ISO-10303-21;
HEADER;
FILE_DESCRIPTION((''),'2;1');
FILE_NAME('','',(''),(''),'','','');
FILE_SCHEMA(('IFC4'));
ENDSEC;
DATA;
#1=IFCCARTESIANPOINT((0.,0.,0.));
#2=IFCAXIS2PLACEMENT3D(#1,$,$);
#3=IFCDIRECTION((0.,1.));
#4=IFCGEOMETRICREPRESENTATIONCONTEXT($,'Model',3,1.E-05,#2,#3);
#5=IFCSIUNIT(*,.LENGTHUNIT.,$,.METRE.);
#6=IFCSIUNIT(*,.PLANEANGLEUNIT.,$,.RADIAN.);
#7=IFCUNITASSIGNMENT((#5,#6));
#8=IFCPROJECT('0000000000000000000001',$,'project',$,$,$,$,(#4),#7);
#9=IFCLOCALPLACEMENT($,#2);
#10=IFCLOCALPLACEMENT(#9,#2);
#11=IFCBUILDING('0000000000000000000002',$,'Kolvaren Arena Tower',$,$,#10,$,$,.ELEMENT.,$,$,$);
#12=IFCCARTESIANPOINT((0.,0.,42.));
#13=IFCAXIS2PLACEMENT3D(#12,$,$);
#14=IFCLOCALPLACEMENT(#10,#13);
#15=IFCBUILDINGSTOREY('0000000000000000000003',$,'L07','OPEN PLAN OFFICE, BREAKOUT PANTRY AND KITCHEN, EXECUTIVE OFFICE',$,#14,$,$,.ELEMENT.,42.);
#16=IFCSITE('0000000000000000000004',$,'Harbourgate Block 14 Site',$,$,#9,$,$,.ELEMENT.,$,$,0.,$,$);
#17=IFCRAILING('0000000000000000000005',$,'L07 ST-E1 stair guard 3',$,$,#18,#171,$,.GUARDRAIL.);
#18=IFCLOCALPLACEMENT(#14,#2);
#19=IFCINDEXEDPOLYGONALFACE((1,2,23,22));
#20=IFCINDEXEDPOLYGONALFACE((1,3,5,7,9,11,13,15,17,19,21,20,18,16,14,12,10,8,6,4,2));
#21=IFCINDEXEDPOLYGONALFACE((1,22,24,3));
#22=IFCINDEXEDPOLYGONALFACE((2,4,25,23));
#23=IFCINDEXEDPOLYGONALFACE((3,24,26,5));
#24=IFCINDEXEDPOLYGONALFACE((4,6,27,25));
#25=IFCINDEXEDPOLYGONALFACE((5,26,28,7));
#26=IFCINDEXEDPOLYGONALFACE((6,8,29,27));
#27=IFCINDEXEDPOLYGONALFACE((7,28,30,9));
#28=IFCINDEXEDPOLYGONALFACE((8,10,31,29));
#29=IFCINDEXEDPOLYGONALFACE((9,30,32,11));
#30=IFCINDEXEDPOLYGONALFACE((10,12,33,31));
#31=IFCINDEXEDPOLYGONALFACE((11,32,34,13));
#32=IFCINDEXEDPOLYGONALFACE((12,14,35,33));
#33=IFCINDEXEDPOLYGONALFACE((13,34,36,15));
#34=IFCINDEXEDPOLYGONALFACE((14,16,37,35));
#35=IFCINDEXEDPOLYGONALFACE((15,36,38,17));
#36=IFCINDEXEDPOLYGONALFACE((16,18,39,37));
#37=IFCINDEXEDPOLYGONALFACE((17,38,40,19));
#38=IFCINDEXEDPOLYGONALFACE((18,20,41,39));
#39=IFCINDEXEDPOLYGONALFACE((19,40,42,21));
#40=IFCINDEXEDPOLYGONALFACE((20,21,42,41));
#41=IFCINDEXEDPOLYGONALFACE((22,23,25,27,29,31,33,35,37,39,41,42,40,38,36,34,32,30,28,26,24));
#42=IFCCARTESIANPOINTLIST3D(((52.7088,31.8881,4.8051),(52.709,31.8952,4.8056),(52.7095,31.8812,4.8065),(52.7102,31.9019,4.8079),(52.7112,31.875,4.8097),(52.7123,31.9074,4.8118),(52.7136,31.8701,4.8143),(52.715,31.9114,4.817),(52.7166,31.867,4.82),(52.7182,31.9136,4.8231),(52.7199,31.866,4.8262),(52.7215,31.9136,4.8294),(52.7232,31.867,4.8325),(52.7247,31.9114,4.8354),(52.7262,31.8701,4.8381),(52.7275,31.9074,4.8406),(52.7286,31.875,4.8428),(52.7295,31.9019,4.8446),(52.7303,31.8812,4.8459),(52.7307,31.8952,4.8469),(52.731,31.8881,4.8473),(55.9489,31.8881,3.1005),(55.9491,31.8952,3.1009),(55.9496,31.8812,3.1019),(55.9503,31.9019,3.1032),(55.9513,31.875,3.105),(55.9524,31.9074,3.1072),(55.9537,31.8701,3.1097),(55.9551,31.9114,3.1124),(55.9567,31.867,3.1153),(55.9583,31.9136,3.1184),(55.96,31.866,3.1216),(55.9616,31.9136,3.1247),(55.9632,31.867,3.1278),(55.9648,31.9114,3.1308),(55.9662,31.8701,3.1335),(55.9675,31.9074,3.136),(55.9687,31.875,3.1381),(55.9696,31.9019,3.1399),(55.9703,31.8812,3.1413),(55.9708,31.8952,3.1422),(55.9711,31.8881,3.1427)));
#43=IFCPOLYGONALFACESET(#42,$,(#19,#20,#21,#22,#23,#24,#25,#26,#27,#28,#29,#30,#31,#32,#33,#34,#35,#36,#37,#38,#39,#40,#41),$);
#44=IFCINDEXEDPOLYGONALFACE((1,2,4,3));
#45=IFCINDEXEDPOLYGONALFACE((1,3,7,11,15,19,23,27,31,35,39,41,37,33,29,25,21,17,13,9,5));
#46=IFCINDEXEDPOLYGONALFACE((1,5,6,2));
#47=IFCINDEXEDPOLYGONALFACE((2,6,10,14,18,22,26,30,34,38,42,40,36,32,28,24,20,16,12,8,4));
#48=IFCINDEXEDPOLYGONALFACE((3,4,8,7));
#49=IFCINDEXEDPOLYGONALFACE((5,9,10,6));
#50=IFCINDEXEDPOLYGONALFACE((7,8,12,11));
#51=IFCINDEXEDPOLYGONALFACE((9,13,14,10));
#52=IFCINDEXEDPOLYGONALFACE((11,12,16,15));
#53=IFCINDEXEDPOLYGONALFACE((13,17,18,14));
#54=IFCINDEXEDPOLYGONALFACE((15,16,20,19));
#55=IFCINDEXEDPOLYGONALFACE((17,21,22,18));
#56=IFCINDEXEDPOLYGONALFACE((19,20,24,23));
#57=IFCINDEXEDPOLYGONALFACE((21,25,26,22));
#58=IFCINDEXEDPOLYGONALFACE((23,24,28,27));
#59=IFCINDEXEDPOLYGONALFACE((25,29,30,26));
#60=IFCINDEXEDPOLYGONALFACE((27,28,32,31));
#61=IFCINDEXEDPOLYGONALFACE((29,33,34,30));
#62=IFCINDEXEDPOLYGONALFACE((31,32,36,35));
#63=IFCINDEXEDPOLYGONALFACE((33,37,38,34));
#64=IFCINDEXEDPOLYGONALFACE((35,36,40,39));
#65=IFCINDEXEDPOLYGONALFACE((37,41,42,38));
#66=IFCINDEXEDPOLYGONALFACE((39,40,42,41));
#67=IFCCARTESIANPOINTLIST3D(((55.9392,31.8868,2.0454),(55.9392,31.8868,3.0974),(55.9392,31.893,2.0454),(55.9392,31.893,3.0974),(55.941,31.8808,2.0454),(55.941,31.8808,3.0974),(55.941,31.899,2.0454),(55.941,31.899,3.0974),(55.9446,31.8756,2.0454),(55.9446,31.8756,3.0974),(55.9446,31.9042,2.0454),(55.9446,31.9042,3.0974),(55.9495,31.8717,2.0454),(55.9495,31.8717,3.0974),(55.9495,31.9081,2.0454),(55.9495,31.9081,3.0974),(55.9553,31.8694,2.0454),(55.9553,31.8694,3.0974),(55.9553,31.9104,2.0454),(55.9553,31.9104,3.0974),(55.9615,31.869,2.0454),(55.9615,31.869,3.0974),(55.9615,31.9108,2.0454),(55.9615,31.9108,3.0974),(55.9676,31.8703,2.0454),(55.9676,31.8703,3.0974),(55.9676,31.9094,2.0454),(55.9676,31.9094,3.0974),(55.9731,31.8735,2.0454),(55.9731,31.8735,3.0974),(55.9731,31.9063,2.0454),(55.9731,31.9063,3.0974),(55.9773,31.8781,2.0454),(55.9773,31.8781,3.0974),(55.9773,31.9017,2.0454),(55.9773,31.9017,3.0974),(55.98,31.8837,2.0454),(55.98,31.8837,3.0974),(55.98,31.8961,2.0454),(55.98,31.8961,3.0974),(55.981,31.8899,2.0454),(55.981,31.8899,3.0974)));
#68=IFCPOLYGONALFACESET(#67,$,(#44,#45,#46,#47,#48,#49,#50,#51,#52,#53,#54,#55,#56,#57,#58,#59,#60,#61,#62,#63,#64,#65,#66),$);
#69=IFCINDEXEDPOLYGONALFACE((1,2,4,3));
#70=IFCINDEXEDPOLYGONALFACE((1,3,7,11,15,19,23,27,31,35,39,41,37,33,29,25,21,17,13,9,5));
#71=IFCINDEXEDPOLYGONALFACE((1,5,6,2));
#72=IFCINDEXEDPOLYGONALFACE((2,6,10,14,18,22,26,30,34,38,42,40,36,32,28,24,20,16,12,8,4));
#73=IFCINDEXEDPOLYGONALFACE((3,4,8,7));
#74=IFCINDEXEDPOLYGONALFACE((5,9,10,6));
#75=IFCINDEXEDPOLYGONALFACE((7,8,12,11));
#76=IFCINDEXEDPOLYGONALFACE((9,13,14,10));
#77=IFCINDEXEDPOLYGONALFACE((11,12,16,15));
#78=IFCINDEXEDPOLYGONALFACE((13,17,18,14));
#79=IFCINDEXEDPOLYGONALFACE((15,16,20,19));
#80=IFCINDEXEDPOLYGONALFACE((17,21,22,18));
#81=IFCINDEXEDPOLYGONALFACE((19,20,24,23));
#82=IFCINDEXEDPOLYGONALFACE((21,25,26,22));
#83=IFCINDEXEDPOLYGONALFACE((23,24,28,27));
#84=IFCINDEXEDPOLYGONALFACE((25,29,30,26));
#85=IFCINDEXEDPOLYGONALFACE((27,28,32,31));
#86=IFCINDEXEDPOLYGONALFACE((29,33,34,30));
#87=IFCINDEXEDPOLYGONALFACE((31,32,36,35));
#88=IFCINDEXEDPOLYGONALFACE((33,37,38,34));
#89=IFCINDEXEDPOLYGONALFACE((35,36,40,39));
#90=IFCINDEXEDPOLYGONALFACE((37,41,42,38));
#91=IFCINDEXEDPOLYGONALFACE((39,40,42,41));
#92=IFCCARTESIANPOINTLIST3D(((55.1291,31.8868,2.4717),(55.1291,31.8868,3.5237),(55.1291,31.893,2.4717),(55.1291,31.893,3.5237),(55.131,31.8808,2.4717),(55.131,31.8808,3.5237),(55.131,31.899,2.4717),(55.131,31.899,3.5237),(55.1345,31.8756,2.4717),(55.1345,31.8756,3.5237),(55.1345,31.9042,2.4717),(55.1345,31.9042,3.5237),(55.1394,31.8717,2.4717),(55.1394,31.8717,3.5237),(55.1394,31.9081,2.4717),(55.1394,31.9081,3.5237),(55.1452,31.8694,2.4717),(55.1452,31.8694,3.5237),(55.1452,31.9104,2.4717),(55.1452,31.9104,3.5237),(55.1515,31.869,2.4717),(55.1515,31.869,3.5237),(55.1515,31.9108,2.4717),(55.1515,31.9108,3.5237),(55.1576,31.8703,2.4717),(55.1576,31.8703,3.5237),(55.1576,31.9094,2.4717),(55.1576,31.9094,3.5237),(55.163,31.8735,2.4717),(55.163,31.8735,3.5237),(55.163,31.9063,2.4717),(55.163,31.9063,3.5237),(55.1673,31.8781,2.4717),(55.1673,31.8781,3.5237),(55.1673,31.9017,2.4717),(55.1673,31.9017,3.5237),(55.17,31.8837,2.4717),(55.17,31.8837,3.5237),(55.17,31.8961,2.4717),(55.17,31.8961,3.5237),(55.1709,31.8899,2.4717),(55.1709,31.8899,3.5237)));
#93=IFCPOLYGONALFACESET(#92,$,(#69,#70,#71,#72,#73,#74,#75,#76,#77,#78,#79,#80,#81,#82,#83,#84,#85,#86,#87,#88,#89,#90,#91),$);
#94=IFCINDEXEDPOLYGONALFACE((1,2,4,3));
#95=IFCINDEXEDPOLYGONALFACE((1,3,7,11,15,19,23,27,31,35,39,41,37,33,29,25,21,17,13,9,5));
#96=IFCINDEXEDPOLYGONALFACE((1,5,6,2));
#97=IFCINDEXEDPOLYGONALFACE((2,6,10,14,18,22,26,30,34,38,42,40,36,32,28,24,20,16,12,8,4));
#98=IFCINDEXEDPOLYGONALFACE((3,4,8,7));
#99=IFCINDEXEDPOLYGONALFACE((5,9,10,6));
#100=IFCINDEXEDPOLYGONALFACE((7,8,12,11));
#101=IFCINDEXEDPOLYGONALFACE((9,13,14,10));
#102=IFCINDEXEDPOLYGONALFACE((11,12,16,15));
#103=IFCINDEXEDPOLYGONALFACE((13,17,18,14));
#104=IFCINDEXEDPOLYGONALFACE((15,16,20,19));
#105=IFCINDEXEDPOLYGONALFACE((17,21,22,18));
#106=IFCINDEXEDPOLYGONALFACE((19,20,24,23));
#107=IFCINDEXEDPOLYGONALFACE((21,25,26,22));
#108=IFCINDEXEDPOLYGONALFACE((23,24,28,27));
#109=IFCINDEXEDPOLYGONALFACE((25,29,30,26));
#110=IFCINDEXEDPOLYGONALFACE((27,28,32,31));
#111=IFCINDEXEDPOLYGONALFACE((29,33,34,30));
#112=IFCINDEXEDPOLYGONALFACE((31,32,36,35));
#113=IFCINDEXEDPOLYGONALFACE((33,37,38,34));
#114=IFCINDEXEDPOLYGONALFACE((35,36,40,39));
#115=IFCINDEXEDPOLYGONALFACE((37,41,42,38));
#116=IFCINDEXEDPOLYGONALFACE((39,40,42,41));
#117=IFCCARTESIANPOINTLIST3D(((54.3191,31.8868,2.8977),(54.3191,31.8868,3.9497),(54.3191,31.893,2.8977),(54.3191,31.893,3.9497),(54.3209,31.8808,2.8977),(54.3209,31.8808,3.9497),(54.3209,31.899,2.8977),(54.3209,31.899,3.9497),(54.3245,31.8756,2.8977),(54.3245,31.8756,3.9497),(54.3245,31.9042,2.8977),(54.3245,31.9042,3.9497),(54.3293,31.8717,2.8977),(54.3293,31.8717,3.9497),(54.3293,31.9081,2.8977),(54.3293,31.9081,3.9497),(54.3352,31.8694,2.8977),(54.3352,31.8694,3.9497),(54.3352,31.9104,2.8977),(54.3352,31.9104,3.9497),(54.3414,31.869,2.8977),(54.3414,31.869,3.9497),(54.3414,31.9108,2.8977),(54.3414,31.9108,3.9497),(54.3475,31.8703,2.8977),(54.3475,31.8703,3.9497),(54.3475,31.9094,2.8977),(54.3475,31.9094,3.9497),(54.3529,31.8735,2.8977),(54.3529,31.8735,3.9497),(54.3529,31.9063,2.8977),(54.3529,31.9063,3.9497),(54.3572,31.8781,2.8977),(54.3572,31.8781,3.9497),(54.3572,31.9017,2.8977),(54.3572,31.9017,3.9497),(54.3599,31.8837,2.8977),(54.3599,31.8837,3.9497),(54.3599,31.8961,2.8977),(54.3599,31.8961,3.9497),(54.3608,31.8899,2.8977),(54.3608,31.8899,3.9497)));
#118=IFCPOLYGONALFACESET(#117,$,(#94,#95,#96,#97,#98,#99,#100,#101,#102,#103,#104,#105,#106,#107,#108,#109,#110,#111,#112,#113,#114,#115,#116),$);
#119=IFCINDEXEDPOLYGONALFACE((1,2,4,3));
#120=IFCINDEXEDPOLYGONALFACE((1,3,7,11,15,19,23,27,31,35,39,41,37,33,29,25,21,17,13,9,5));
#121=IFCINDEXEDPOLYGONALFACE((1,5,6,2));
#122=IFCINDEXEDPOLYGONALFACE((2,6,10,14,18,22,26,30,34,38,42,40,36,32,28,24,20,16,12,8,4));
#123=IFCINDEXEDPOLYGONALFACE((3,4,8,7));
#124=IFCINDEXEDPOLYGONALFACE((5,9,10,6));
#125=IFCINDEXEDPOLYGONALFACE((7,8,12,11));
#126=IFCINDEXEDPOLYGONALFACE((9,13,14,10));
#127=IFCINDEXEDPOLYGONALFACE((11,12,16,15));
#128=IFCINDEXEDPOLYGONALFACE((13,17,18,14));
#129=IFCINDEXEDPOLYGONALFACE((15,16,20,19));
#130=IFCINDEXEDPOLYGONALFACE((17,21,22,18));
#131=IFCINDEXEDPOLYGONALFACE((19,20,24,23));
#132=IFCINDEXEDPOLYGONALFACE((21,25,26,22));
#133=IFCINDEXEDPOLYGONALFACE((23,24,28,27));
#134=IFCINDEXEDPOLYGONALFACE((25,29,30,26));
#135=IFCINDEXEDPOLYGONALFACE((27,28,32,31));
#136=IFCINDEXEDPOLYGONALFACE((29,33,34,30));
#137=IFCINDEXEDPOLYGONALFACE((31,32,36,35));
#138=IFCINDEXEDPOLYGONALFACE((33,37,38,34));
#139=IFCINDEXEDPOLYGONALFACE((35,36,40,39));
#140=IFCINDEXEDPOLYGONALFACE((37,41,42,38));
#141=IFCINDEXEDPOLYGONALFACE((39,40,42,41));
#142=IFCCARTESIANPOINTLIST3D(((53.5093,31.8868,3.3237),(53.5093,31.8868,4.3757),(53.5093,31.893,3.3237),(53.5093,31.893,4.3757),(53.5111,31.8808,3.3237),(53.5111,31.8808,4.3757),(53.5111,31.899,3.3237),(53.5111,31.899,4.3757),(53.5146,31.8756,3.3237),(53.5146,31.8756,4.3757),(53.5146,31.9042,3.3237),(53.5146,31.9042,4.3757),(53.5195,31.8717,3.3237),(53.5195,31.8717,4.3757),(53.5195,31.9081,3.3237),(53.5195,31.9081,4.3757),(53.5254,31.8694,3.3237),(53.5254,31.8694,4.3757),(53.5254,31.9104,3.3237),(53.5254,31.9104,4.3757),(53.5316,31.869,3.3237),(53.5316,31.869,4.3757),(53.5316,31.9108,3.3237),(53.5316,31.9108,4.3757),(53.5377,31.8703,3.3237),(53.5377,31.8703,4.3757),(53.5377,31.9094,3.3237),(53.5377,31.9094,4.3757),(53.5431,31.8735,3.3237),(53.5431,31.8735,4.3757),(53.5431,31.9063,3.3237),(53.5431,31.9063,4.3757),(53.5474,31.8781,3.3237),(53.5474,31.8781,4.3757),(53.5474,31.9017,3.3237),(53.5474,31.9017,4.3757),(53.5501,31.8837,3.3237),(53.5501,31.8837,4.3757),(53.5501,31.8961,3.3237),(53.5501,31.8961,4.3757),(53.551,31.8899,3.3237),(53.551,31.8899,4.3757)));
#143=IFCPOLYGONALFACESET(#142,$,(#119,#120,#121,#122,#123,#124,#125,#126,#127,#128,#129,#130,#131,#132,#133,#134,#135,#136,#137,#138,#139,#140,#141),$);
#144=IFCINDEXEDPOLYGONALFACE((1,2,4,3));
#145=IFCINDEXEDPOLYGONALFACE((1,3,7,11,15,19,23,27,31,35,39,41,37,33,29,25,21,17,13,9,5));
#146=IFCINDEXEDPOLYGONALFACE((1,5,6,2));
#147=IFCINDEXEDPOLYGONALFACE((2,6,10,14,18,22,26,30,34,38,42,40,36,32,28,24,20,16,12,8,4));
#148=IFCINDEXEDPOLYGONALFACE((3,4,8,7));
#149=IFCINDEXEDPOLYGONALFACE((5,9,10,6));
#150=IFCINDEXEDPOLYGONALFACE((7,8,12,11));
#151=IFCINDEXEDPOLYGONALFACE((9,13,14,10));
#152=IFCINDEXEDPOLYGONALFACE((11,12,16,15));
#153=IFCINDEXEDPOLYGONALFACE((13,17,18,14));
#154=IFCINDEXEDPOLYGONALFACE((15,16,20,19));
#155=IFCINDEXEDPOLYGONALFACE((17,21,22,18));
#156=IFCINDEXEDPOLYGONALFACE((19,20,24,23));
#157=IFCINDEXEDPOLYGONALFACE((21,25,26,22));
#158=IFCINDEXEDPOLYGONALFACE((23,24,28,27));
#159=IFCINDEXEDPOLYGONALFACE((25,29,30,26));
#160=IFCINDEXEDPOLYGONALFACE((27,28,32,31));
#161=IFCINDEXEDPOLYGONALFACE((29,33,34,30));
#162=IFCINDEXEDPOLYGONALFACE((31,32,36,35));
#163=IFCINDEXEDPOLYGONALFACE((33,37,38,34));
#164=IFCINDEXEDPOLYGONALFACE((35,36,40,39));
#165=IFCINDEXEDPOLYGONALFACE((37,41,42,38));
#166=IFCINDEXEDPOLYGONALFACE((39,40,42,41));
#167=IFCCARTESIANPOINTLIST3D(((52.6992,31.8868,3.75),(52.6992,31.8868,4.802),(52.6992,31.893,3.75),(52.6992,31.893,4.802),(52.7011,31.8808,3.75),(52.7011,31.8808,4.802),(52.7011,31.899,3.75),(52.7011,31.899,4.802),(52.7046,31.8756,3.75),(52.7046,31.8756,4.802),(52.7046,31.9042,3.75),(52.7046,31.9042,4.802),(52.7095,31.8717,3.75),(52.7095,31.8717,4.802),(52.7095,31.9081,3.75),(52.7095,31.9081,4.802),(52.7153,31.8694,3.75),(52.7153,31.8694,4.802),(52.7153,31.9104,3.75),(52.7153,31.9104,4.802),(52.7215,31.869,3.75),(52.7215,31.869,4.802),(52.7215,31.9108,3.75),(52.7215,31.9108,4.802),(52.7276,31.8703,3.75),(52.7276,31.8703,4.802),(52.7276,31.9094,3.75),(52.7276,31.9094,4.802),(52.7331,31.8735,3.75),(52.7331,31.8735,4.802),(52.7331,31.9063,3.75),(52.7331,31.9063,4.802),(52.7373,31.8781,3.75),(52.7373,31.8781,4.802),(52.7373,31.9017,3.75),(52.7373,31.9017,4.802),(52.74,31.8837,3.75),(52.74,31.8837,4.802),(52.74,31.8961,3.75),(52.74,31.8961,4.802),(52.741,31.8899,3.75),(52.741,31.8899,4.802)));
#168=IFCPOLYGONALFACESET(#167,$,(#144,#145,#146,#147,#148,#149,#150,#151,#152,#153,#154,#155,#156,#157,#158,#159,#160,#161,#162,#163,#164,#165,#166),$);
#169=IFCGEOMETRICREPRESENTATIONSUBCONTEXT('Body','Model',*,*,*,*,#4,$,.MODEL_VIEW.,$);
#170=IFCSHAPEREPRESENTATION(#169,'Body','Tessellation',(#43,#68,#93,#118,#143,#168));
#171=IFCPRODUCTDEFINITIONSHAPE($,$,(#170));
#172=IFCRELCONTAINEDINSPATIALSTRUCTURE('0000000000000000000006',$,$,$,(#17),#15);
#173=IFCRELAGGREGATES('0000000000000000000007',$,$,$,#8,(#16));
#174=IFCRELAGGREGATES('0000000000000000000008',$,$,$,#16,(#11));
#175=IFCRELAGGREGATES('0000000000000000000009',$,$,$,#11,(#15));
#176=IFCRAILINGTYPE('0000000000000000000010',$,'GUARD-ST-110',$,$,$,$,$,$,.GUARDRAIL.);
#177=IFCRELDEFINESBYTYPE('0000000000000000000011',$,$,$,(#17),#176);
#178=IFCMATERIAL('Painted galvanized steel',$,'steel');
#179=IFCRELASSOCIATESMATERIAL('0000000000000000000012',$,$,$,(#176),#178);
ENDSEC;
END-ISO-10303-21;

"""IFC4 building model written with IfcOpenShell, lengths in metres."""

from ifc_helpers import new_model, si_unit, direction, frame, origin, origin_2d, place, context, subcontext, project, spatial, circle, extrude, material, type_object, element, save


model = new_model("IFC4")

# Units and contexts
model_context = context("Model", 3, precision=1e-05, world=origin(), true_north=direction((0.0, 1.0)))
body_context = subcontext(model_context, "Body", "Model", "MODEL_VIEW")
ifc_project = project(units=[si_unit("LENGTHUNIT", "METRE"), si_unit("PLANEANGLEUNIT", "RADIAN")], contexts=[model_context])

# Site, building, storey
site_placement = place(None, origin())
site = spatial("IfcSite", under=ifc_project, at=site_placement, Name="Harbourgate Block 14 Site", CompositionType="ELEMENT", RefElevation=0.0)
building_placement = place(site_placement, origin())
building = spatial("IfcBuilding", under=site, at=building_placement, Name="Kolvaren Arena Tower", CompositionType="ELEMENT")
storey_placement = place(building_placement, frame((0.0, 0.0, 42.0)))
storey = spatial("IfcBuildingStorey", under=building, at=storey_placement, Name="L07", Description="OPEN PLAN OFFICE, BREAKOUT PANTRY AND KITCHEN, EXECUTIVE OFFICE", CompositionType="ELEMENT", Elevation=42.0)

# Railing
ifc_material_1 = material(Name="Painted galvanized steel", Category="steel")
railing_type_1 = type_object("IfcRailingType", Name="GUARD-ST-110", PredefinedType="GUARDRAIL", material=ifc_material_1)
railing_1_placement = place(storey_placement, frame((55.96, 31.8899, 2.0454)))
element("IfcRailing", 1, at=railing_1_placement, inside=storey, type_object=railing_type_1, Name="L07 ST-E1 stair guard 3", PredefinedType="GUARDRAIL", context=body_context, shape_type="SweptSolid", body=[
    extrude(circle(Radius=0.0239, at=origin_2d()), frame((0.0, 0.0, 1.0762), z_axis=(-0.884993, 0.0, 0.465604), x_axis=(0.0, -1.0, 0.0)), (0.0, 0.0, 1.0), 3.6611),
    extrude(circle(Radius=0.021, at=origin_2d()), origin(), (0.0, 0.0, 1.0), 1.052),
    extrude(circle(Radius=0.021, at=origin_2d()), frame((-0.8101, 0.0, 0.4263)), (0.0, 0.0, 1.0), 1.052),
    extrude(circle(Radius=0.021, at=origin_2d()), frame((-1.6201, 0.0, 0.8523)), (0.0, 0.0, 1.0), 1.052),
    extrude(circle(Radius=0.021, at=origin_2d()), frame((-2.4299, 0.0, 1.2783)), (0.0, 0.0, 1.0), 1.052),
    extrude(circle(Radius=0.021, at=origin_2d()), frame((-3.24, 0.0, 1.7046)), (0.0, 0.0, 1.0), 1.052),
])

save(model, "model.ifc")
